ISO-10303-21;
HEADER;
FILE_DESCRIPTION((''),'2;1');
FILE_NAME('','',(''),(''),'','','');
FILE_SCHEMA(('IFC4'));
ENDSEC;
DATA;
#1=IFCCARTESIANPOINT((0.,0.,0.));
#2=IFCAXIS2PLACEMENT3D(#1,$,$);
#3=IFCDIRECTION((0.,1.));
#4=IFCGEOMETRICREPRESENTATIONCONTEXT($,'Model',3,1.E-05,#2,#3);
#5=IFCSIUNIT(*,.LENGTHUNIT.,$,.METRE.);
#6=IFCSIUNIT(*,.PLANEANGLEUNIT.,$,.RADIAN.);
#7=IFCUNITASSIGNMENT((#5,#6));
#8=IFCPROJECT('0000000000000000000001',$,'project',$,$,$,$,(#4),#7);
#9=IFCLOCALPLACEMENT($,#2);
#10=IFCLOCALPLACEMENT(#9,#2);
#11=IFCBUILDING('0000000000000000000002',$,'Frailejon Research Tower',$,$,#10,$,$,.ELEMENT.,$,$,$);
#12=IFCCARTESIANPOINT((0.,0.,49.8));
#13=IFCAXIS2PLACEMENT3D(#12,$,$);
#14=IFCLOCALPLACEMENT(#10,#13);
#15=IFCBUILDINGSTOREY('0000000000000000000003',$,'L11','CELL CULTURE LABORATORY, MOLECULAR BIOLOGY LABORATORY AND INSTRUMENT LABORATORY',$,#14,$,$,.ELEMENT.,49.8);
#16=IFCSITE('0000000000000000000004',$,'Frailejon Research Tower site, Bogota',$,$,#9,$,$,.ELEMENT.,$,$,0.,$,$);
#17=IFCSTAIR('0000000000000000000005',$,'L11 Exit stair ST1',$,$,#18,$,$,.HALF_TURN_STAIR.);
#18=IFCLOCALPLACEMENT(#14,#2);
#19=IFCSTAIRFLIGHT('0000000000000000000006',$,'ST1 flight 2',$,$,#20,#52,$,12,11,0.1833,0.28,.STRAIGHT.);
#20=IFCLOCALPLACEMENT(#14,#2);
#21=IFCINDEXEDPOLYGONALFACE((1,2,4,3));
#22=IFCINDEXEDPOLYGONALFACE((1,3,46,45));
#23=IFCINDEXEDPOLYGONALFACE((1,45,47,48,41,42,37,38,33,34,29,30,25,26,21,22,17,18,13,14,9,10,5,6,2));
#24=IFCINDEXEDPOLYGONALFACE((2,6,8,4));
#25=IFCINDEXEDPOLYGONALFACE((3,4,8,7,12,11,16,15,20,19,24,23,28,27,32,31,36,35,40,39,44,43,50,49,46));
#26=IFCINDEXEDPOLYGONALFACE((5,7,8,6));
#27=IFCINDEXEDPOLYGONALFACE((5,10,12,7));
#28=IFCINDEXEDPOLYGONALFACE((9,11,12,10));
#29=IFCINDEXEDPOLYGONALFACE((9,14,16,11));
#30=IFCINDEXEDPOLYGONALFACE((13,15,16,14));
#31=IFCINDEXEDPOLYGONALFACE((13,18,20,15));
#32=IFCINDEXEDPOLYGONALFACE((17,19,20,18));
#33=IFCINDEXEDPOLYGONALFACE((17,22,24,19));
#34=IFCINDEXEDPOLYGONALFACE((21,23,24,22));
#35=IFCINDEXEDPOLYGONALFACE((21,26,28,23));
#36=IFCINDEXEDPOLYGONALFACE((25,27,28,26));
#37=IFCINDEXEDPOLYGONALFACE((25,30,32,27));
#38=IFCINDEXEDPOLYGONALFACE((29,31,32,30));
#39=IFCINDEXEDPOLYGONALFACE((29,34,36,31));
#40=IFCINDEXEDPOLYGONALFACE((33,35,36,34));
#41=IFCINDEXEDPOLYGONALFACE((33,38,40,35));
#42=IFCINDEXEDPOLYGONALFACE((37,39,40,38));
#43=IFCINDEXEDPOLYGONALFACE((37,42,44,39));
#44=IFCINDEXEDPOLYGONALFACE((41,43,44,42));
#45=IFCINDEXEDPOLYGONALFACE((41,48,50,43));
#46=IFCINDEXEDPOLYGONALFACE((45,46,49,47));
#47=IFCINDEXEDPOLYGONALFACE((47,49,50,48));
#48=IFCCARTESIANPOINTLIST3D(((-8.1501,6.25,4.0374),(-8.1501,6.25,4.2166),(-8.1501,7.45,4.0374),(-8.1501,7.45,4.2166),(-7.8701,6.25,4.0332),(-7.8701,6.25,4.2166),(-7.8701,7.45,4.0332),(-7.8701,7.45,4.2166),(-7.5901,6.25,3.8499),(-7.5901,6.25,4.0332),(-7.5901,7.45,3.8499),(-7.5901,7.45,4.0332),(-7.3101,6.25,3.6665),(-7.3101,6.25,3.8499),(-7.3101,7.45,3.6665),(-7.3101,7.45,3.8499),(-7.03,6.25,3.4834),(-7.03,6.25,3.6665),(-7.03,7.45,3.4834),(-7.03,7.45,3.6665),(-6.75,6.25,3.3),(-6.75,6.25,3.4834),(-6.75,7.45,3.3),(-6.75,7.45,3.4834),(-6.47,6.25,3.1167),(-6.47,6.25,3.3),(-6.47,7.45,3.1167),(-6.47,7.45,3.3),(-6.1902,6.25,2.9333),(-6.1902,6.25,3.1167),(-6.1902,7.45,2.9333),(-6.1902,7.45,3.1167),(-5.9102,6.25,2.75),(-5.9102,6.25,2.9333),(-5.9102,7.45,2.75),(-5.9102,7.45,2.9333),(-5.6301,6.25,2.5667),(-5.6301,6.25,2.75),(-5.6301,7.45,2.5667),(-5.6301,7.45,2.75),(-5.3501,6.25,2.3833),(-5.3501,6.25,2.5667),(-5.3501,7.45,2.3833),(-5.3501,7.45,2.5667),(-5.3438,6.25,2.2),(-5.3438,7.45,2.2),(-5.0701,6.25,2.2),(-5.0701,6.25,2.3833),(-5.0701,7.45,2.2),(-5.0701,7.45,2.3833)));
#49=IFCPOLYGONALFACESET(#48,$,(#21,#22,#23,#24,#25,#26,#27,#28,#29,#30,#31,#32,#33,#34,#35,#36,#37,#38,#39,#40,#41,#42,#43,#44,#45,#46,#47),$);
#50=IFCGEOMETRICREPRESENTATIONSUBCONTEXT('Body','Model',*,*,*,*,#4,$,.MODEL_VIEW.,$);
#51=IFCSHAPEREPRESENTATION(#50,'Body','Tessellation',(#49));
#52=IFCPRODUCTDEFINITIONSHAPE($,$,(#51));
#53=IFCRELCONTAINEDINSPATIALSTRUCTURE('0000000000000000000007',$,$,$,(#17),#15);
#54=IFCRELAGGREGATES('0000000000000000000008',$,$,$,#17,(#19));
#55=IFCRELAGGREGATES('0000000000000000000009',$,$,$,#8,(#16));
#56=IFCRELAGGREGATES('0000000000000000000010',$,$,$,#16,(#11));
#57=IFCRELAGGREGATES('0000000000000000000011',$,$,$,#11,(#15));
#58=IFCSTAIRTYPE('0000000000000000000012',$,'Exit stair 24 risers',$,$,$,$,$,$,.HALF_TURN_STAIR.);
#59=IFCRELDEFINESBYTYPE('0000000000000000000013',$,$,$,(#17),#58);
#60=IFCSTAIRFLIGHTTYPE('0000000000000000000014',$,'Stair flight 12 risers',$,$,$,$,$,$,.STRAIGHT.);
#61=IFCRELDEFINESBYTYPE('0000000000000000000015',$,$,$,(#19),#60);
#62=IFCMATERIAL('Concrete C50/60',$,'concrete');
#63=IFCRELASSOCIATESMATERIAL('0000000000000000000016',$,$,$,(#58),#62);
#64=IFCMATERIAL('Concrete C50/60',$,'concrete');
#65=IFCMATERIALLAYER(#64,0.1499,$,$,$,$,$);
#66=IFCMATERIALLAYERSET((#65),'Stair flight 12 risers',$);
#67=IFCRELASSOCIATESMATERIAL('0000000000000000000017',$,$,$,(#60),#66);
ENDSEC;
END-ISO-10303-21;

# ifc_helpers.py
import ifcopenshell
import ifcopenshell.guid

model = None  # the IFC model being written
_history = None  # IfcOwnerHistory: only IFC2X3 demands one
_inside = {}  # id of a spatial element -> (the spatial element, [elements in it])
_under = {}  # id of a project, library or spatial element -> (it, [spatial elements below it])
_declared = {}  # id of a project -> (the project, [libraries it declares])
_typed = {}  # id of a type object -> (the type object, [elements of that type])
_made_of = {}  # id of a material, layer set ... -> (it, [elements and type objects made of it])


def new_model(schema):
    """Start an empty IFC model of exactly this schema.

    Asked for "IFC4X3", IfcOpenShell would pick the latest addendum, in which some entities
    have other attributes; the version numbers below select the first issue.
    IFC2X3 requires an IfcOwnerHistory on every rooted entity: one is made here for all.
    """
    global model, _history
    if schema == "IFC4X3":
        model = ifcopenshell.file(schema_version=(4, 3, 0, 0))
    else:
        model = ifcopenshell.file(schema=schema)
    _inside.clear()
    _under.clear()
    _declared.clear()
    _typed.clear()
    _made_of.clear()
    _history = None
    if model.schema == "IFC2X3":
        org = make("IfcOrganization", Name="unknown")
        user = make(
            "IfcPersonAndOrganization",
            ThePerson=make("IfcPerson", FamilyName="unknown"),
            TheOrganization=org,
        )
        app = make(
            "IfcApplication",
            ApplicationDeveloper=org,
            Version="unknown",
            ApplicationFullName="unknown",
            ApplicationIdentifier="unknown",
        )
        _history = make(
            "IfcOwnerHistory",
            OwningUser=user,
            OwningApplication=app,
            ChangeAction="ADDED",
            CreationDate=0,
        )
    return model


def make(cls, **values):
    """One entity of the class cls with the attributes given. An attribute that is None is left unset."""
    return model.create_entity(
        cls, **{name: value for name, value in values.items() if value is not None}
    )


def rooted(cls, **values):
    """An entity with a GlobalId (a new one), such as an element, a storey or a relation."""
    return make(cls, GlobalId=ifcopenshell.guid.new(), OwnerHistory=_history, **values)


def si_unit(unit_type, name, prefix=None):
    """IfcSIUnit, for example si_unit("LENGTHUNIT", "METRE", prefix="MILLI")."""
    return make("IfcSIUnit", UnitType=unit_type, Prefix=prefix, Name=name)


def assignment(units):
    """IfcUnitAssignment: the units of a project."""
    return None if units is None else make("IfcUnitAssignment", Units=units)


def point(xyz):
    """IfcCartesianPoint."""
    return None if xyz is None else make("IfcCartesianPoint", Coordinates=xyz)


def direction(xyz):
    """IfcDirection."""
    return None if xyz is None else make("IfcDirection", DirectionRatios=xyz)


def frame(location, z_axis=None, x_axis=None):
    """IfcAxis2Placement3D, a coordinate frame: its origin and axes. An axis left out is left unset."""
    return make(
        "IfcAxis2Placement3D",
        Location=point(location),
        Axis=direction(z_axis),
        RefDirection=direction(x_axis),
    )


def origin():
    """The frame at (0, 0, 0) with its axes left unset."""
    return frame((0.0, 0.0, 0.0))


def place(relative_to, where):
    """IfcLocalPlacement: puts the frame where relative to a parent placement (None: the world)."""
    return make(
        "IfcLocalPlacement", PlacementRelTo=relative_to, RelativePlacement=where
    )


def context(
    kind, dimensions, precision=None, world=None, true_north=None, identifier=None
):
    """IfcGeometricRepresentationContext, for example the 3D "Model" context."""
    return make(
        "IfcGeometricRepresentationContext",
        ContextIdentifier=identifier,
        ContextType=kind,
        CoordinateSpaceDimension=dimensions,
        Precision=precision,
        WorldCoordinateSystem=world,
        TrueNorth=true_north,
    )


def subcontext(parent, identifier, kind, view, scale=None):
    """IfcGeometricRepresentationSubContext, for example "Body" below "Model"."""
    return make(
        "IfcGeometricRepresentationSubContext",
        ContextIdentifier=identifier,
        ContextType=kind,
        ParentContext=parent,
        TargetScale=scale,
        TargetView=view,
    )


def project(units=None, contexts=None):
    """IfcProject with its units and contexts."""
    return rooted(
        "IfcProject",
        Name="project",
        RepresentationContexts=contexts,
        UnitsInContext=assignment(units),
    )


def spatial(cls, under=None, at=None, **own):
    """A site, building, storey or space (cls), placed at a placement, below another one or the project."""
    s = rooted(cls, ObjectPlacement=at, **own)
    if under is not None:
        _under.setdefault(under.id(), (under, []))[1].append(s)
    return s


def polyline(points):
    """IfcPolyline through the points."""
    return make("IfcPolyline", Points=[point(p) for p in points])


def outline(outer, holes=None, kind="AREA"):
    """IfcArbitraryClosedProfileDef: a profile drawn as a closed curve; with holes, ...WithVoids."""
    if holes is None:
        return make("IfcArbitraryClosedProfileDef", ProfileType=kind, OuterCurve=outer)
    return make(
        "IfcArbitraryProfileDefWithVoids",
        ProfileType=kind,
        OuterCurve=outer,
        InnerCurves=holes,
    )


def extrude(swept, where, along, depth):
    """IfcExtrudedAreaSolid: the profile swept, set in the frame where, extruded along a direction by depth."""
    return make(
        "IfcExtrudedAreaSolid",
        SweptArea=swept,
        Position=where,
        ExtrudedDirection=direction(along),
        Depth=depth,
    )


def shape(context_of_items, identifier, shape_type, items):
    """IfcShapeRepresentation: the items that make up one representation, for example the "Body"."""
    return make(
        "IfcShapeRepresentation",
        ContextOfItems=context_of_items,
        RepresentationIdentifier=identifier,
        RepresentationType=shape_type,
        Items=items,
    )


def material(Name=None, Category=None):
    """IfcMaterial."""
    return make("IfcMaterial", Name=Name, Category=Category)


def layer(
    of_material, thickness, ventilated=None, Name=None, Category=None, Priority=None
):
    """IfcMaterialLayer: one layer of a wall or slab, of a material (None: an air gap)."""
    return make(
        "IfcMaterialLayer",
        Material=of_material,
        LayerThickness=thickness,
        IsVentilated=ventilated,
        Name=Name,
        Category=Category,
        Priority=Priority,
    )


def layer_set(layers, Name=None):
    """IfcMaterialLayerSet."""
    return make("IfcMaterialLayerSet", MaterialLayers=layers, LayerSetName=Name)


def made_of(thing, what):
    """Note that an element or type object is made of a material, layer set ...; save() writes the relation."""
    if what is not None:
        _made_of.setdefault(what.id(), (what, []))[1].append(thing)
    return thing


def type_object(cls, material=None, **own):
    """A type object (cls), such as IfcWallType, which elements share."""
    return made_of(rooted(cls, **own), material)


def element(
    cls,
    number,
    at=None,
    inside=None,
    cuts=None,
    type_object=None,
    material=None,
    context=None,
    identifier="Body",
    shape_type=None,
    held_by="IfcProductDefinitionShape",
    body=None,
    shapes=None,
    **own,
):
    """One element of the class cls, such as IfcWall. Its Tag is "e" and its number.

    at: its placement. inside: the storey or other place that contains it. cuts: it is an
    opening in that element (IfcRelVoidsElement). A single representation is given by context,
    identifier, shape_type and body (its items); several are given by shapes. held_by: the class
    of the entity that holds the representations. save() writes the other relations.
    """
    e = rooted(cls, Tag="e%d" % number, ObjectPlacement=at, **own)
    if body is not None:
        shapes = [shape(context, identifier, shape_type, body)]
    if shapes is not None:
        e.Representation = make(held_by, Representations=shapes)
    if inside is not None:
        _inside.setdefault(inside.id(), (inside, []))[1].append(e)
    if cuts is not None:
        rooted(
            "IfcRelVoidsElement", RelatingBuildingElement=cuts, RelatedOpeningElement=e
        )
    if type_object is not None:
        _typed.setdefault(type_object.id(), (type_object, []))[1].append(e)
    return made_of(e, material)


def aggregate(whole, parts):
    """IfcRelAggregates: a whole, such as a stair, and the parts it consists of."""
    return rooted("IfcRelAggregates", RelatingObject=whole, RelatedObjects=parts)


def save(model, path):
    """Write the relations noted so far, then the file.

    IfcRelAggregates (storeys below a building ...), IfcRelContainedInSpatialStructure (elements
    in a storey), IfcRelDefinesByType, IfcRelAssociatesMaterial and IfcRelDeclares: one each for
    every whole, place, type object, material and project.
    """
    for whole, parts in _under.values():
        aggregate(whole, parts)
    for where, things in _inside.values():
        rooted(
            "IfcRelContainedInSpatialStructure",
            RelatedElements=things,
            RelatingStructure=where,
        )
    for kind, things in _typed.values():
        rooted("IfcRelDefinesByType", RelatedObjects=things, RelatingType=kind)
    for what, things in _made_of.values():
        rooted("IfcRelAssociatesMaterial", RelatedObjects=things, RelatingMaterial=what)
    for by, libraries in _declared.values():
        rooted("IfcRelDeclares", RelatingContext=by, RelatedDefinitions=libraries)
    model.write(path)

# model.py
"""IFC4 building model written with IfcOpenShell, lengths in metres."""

from ifc_helpers import new_model, si_unit, direction, frame, origin, place, context, subcontext, project, spatial, polyline, outline, extrude, material, layer, layer_set, type_object, element, aggregate, save


model = new_model("IFC4")

# Units and contexts
model_context = context("Model", 3, precision=1e-05, world=origin(), true_north=direction((0.0, 1.0)))
body_context = subcontext(model_context, "Body", "Model", "MODEL_VIEW")
ifc_project = project(units=[si_unit("LENGTHUNIT", "METRE"), si_unit("PLANEANGLEUNIT", "RADIAN")], contexts=[model_context])

# Site, building, storey
site_placement = place(None, origin())
site = spatial("IfcSite", under=ifc_project, at=site_placement, Name="Frailejon Research Tower site, Bogota", CompositionType="ELEMENT", RefElevation=0.0)
building_placement = place(site_placement, origin())
building = spatial("IfcBuilding", under=site, at=building_placement, Name="Frailejon Research Tower", CompositionType="ELEMENT")
storey_placement = place(building_placement, frame((0.0, 0.0, 49.8)))
storey = spatial("IfcBuildingStorey", under=building, at=storey_placement, Name="L11", Description="CELL CULTURE LABORATORY, MOLECULAR BIOLOGY LABORATORY AND INSTRUMENT LABORATORY", CompositionType="ELEMENT", Elevation=49.8)

# Stair, stair flight
ifc_material_1 = material(Name="Concrete C50/60", Category="concrete")
stair_type = type_object("IfcStairType", Name="Exit stair 24 risers", PredefinedType="HALF_TURN_STAIR", material=ifc_material_1)
stair_placement = place(storey_placement, origin())
stair = element("IfcStair", 1, at=stair_placement, inside=storey, type_object=stair_type, Name="L11 Exit stair ST1", PredefinedType="HALF_TURN_STAIR")
ifc_material_2 = material(Name="Concrete C50/60", Category="concrete")
ifc_layer_1 = layer(ifc_material_2, 0.1499)
ifc_layer_set_1 = layer_set([ifc_layer_1], Name="Stair flight 12 risers")
stair_flight_type = type_object("IfcStairFlightType", Name="Stair flight 12 risers", PredefinedType="STRAIGHT", material=ifc_layer_set_1)
stair_flight_1_placement = place(storey_placement, frame((-5.0701, 6.8501, 2.2), z_axis=(0.0, 0.0, 1.0), x_axis=(-1.0, 0.0, 0.0)))
stair_flight_1 = element("IfcStairFlight", 2, at=stair_flight_1_placement, type_object=stair_flight_type, Name="ST1 flight 2", NumberOfRisers=12, NumberOfTreads=11, PredefinedType="STRAIGHT", RiserHeight=0.1833, TreadLength=0.28, context=body_context, shape_type="SweptSolid", body=[
    extrude(outline(polyline([(0.0, 0.0), (0.0, 0.1833), (0.28, 0.1833), (0.28, 0.3667), (0.5601, 0.3667), (0.5601, 0.55), (0.8401, 0.55), (0.8401, 0.7334), (1.1201, 0.7334), (1.1201, 0.9167), (1.3999, 0.9167), (1.3999, 1.1001), (1.6799, 1.1001), (1.6799, 1.2834), (1.96, 1.2834), (1.96, 1.4666), (2.24, 1.4666), (2.24, 1.6499), (2.52, 1.6499), (2.52, 1.8333), (2.8, 1.8333), (2.8, 2.0166), (3.0801, 2.0166), (3.0801, 2.2), (3.0801, 1.8374), (0.2737, 0.0), (0.0, 0.0)])), frame((0.0, 0.6001, 0.0), z_axis=(0.0, -1.0, 0.0), x_axis=(1.0, 0.0, 0.0)), (0.0, 0.0, 1.0), 1.2),
])
aggregate(stair, [stair_flight_1])

save(model, "model.ifc")
